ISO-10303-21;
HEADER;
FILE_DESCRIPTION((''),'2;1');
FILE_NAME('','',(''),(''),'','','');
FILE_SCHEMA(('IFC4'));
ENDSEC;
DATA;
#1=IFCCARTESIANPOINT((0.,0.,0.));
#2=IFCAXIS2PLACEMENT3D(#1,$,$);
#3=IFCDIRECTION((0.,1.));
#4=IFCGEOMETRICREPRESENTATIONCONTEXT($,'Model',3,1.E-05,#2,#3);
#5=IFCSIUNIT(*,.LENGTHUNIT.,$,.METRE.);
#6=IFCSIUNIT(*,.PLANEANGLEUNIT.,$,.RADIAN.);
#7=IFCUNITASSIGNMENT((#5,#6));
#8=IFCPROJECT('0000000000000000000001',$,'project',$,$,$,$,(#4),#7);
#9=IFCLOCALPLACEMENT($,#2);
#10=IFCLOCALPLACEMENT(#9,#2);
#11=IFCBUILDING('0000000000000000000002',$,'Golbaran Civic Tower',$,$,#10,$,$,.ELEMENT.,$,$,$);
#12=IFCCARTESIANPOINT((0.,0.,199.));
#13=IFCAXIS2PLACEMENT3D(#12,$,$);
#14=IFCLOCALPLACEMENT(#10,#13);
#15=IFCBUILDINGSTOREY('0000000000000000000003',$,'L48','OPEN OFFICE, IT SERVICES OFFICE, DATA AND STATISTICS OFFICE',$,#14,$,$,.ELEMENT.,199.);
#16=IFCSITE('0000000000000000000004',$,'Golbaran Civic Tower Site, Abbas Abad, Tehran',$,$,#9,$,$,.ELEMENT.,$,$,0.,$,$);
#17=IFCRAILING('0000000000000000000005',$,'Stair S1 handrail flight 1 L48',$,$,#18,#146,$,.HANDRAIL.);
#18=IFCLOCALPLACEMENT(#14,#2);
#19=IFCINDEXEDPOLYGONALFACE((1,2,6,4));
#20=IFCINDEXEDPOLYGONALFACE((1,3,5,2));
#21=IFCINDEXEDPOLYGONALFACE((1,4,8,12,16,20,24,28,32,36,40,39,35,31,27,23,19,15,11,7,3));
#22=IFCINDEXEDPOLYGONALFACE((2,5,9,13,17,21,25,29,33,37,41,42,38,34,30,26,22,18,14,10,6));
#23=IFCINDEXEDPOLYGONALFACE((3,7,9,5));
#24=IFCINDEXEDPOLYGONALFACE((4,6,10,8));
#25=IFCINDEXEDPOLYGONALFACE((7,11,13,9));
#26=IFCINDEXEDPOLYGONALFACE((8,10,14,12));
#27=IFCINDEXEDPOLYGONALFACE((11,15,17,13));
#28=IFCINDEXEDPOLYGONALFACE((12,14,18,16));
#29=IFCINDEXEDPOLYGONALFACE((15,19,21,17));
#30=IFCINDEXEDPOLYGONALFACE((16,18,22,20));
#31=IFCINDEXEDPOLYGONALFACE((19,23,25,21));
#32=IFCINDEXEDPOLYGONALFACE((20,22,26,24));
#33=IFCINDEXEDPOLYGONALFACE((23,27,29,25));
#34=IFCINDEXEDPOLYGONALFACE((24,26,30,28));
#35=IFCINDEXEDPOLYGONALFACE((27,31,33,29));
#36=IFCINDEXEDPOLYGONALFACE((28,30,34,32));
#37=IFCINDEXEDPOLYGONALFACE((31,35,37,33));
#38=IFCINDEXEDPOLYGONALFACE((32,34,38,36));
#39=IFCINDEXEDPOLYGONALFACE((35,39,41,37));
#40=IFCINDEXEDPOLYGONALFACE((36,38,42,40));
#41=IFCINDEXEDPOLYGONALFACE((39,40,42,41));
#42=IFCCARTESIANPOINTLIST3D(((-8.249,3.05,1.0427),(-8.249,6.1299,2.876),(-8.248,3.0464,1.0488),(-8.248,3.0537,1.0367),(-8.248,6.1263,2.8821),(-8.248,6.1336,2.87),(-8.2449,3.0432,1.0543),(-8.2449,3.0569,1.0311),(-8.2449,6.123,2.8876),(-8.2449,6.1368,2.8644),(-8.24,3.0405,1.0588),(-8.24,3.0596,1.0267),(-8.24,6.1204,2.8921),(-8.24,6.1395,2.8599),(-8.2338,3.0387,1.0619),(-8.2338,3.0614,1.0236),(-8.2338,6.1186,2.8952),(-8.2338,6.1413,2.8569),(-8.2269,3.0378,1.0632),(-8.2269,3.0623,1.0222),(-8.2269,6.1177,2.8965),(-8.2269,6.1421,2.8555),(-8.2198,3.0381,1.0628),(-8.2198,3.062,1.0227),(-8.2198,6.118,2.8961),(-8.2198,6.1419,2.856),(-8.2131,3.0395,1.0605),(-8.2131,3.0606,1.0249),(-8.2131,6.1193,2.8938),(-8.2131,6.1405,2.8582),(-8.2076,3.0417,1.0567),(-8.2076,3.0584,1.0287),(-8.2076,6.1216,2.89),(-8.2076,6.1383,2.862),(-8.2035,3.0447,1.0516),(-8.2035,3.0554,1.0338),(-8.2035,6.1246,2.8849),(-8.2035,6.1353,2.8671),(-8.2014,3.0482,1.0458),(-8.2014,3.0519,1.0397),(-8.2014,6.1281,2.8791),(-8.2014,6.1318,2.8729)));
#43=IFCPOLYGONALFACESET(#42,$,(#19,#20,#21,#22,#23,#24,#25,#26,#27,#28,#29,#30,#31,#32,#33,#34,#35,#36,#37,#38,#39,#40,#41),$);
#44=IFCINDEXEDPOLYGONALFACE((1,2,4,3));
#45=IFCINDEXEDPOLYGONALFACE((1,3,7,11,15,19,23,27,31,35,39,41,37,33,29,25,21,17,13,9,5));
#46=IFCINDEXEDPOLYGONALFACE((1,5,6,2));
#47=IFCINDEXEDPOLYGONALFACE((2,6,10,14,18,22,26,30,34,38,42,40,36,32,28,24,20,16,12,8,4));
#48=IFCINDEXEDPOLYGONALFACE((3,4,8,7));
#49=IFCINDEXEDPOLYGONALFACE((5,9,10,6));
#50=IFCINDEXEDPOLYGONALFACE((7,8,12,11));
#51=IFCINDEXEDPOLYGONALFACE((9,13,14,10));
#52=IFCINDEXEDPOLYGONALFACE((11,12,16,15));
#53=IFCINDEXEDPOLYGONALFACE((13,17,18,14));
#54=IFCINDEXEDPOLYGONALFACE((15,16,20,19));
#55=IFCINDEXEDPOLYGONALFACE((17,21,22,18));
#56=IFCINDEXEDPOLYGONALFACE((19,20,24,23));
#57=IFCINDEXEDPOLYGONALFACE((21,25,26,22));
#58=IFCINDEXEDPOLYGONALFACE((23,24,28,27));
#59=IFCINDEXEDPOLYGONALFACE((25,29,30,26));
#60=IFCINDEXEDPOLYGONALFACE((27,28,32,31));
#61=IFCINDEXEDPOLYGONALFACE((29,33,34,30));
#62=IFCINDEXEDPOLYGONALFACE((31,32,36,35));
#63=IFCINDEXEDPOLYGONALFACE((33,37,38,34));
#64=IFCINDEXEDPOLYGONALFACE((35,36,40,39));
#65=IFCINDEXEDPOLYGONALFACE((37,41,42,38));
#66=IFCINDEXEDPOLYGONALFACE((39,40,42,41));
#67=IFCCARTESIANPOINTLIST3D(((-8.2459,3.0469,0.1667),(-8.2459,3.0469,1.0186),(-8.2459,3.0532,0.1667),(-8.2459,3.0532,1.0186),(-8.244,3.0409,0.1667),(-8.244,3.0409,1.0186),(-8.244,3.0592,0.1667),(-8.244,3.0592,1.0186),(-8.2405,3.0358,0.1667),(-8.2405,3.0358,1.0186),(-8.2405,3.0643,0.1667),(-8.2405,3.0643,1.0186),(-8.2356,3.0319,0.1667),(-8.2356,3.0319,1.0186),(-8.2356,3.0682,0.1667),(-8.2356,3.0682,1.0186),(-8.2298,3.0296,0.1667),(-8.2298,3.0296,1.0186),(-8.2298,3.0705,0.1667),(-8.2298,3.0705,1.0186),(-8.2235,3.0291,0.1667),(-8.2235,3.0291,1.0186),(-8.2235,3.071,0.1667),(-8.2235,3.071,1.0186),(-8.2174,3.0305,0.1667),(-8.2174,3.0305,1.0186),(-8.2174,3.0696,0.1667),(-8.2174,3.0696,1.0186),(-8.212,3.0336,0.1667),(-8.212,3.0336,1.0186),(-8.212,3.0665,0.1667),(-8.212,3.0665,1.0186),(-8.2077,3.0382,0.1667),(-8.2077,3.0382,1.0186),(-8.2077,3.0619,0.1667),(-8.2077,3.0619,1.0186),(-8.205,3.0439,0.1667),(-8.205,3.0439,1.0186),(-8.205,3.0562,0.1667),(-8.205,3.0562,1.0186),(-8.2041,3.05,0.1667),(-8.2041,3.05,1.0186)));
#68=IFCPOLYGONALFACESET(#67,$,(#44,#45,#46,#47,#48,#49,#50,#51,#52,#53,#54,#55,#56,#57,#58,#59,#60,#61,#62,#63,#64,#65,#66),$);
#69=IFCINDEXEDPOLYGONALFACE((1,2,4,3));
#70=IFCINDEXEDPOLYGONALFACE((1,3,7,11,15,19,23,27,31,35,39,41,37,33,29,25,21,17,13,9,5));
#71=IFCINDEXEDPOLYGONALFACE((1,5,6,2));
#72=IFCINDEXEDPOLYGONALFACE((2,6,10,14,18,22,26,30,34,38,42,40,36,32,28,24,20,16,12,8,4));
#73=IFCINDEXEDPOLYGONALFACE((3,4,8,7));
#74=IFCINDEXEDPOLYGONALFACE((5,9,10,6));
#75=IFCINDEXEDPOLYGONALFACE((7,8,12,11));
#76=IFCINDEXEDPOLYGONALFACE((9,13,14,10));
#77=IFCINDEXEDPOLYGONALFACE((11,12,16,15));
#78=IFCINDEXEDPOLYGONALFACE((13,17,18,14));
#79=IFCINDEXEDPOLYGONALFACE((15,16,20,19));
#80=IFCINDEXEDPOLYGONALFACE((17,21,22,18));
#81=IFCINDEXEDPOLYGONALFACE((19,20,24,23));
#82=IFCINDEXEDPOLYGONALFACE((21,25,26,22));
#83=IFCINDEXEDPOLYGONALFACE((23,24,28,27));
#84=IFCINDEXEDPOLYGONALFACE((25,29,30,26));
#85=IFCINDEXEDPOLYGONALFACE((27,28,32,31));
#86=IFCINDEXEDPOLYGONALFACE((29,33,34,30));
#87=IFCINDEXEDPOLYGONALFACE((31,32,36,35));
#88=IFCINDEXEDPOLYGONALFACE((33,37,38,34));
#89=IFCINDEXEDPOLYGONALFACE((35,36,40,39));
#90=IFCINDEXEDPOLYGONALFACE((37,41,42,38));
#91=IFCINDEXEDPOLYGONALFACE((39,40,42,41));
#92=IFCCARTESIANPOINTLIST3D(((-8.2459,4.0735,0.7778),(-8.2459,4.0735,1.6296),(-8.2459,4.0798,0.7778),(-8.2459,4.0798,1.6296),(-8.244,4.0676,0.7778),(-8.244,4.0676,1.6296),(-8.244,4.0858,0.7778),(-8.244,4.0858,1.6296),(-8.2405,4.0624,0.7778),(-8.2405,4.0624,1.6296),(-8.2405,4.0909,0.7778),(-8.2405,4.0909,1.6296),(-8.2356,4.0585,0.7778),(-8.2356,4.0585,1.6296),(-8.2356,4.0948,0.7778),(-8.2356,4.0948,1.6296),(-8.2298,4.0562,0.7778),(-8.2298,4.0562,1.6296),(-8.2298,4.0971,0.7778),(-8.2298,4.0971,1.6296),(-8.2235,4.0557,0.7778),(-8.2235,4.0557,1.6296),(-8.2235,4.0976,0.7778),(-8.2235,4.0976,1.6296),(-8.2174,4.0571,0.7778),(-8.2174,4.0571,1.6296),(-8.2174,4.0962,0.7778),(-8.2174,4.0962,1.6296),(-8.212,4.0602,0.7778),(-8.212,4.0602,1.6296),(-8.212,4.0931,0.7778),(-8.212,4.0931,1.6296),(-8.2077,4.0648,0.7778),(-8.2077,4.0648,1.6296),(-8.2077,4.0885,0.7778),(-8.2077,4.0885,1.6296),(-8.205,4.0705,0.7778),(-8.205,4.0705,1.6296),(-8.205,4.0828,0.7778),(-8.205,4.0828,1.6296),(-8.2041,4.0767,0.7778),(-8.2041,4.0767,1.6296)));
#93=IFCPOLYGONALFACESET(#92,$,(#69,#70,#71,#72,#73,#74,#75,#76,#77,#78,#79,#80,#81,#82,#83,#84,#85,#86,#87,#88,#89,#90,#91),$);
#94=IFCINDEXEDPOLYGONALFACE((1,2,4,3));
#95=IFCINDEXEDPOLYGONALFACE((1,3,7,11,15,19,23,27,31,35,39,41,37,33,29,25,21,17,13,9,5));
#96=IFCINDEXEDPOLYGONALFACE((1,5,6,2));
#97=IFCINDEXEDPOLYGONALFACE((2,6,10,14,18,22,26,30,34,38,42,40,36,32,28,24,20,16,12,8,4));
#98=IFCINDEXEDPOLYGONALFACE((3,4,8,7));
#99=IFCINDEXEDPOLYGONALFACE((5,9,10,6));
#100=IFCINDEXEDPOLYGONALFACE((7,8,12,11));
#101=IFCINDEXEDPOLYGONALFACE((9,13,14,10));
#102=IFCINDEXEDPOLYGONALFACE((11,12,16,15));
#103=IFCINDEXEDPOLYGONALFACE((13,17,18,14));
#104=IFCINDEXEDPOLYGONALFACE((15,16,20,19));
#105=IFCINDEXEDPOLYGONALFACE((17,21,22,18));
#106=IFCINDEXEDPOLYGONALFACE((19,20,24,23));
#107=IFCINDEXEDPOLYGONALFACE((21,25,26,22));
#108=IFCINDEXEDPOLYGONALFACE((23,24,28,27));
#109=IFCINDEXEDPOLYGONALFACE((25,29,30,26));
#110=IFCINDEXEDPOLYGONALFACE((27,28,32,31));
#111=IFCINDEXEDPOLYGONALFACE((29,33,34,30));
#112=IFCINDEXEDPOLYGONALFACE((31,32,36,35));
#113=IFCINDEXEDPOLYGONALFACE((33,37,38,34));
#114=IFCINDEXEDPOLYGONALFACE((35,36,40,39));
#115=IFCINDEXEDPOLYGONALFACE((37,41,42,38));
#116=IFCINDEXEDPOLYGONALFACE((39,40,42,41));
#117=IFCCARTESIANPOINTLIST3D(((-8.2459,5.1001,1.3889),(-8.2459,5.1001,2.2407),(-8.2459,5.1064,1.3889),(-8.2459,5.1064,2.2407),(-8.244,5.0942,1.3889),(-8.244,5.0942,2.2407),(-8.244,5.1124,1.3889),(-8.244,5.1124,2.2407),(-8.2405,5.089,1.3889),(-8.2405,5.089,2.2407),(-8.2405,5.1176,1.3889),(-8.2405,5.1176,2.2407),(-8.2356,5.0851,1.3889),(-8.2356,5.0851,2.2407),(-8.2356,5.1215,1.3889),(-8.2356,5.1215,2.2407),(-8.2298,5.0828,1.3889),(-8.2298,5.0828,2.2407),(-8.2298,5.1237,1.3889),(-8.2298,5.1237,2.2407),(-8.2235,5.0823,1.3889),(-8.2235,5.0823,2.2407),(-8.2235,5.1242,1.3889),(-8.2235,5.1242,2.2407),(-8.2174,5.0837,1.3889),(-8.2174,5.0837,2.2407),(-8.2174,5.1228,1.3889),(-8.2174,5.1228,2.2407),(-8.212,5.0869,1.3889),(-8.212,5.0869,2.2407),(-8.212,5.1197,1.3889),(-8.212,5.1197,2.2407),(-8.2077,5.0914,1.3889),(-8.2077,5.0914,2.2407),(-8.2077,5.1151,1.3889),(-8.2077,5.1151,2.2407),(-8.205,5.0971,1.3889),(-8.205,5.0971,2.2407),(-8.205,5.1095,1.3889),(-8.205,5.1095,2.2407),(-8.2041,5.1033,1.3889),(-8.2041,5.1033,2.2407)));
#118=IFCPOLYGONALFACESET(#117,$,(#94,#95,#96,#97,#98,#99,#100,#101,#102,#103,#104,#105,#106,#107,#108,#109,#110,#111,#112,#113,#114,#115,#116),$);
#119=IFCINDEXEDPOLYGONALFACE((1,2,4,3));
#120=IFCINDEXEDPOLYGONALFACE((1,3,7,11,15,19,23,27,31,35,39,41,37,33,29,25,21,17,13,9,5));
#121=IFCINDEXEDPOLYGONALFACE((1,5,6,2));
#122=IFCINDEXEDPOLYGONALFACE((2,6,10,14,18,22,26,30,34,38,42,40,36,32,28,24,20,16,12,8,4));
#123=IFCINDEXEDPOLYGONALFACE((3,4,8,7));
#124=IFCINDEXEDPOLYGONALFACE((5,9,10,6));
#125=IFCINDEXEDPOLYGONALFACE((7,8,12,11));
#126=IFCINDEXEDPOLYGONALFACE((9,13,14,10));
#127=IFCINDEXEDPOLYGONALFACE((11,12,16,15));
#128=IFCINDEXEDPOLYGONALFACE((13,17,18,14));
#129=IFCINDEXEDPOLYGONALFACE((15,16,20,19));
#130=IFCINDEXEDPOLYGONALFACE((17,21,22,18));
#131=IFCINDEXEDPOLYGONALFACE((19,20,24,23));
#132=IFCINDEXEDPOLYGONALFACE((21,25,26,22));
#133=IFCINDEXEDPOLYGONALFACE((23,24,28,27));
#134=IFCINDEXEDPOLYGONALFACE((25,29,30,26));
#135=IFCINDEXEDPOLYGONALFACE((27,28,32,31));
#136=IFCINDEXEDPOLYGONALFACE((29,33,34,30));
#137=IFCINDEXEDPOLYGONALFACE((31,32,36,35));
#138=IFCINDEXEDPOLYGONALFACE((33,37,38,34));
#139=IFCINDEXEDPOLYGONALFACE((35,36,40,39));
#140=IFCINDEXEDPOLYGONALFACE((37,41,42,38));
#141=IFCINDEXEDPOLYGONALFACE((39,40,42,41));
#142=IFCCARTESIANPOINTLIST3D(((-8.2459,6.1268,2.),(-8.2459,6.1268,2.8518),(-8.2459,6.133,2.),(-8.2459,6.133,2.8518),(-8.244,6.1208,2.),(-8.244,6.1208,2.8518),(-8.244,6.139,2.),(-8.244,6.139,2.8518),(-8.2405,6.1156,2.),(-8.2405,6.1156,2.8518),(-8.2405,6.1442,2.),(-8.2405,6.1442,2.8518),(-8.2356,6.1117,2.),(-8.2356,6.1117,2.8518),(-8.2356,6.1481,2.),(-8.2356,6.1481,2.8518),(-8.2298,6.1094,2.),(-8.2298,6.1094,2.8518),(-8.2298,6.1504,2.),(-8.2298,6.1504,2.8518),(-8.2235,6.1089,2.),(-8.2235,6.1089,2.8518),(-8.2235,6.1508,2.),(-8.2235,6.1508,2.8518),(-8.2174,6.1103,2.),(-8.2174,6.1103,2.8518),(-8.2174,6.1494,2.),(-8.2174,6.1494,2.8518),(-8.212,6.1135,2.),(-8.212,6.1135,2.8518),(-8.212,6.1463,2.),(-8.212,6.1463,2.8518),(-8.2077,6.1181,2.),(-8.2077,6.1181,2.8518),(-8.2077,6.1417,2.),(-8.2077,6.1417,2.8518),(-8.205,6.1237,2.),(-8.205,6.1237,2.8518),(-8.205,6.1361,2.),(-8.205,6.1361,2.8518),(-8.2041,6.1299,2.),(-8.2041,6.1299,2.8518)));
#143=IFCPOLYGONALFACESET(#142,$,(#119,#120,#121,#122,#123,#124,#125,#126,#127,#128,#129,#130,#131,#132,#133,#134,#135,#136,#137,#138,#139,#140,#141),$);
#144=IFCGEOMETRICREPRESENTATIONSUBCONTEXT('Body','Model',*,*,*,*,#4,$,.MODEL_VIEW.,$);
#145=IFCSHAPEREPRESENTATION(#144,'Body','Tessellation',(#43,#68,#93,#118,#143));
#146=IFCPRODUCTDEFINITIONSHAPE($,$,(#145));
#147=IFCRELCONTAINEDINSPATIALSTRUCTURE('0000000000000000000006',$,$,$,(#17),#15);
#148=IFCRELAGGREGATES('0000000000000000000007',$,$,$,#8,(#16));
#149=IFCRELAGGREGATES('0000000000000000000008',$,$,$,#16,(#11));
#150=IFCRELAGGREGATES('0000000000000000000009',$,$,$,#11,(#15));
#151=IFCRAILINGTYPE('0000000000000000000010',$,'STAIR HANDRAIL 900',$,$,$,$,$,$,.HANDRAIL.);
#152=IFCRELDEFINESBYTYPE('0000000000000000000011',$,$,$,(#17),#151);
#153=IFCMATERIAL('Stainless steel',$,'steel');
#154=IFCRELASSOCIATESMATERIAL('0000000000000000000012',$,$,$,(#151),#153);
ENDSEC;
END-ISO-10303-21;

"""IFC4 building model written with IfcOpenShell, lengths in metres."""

from ifc_helpers import new_model, si_unit, direction, frame, origin, origin_2d, place, context, subcontext, project, spatial, circle, extrude, material, type_object, element, save


model = new_model("IFC4")

# Units and contexts
model_context = context("Model", 3, precision=1e-05, world=origin(), true_north=direction((0.0, 1.0)))
body_context = subcontext(model_context, "Body", "Model", "MODEL_VIEW")
ifc_project = project(units=[si_unit("LENGTHUNIT", "METRE"), si_unit("PLANEANGLEUNIT", "RADIAN")], contexts=[model_context])

# Site, building, storey
site_placement = place(None, origin())
site = spatial("IfcSite", under=ifc_project, at=site_placement, Name="Golbaran Civic Tower Site, Abbas Abad, Tehran", CompositionType="ELEMENT", RefElevation=0.0)
building_placement = place(site_placement, origin())
building = spatial("IfcBuilding", under=site, at=building_placement, Name="Golbaran Civic Tower", CompositionType="ELEMENT")
storey_placement = place(building_placement, frame((0.0, 0.0, 199.0)))
storey = spatial("IfcBuildingStorey", under=building, at=storey_placement, Name="L48", Description="OPEN OFFICE, IT SERVICES OFFICE, DATA AND STATISTICS OFFICE", CompositionType="ELEMENT", Elevation=199.0)

# Shared definitions
ifc_material_1 = material(Name="Stainless steel", Category="steel")

# Railing
railing_type = type_object("IfcRailingType", Name="STAIR HANDRAIL 900", PredefinedType="HANDRAIL", material=ifc_material_1)
railing_1_placement = place(storey_placement, frame((-8.2251, 3.05, 0.1667)))
element("IfcRailing", 1, at=railing_1_placement, inside=storey, type_object=railing_type, Name="Stair S1 handrail flight 1 L48", PredefinedType="HANDRAIL", context=body_context, shape_type="SweptSolid", body=[
    extrude(circle(Radius=0.0239, at=origin_2d()), frame((0.0, 0.0, 0.876), z_axis=(0.0, 0.859291, 0.511487), x_axis=(-1.0, 0.0, 0.0)), (0.0, 0.0, 1.0), 3.5842),
    extrude(circle(Radius=0.021, at=origin_2d()), origin(), (0.0, 0.0, 1.0), 0.8518),
    extrude(circle(Radius=0.021, at=origin_2d()), frame((0.0, 1.0266, 0.6111)), (0.0, 0.0, 1.0), 0.8518),
    extrude(circle(Radius=0.021, at=origin_2d()), frame((0.0, 2.0532, 1.2222)), (0.0, 0.0, 1.0), 0.8518),
    extrude(circle(Radius=0.021, at=origin_2d()), frame((0.0, 3.0798, 1.8333)), (0.0, 0.0, 1.0), 0.8518),
])

save(model, "model.ifc")
